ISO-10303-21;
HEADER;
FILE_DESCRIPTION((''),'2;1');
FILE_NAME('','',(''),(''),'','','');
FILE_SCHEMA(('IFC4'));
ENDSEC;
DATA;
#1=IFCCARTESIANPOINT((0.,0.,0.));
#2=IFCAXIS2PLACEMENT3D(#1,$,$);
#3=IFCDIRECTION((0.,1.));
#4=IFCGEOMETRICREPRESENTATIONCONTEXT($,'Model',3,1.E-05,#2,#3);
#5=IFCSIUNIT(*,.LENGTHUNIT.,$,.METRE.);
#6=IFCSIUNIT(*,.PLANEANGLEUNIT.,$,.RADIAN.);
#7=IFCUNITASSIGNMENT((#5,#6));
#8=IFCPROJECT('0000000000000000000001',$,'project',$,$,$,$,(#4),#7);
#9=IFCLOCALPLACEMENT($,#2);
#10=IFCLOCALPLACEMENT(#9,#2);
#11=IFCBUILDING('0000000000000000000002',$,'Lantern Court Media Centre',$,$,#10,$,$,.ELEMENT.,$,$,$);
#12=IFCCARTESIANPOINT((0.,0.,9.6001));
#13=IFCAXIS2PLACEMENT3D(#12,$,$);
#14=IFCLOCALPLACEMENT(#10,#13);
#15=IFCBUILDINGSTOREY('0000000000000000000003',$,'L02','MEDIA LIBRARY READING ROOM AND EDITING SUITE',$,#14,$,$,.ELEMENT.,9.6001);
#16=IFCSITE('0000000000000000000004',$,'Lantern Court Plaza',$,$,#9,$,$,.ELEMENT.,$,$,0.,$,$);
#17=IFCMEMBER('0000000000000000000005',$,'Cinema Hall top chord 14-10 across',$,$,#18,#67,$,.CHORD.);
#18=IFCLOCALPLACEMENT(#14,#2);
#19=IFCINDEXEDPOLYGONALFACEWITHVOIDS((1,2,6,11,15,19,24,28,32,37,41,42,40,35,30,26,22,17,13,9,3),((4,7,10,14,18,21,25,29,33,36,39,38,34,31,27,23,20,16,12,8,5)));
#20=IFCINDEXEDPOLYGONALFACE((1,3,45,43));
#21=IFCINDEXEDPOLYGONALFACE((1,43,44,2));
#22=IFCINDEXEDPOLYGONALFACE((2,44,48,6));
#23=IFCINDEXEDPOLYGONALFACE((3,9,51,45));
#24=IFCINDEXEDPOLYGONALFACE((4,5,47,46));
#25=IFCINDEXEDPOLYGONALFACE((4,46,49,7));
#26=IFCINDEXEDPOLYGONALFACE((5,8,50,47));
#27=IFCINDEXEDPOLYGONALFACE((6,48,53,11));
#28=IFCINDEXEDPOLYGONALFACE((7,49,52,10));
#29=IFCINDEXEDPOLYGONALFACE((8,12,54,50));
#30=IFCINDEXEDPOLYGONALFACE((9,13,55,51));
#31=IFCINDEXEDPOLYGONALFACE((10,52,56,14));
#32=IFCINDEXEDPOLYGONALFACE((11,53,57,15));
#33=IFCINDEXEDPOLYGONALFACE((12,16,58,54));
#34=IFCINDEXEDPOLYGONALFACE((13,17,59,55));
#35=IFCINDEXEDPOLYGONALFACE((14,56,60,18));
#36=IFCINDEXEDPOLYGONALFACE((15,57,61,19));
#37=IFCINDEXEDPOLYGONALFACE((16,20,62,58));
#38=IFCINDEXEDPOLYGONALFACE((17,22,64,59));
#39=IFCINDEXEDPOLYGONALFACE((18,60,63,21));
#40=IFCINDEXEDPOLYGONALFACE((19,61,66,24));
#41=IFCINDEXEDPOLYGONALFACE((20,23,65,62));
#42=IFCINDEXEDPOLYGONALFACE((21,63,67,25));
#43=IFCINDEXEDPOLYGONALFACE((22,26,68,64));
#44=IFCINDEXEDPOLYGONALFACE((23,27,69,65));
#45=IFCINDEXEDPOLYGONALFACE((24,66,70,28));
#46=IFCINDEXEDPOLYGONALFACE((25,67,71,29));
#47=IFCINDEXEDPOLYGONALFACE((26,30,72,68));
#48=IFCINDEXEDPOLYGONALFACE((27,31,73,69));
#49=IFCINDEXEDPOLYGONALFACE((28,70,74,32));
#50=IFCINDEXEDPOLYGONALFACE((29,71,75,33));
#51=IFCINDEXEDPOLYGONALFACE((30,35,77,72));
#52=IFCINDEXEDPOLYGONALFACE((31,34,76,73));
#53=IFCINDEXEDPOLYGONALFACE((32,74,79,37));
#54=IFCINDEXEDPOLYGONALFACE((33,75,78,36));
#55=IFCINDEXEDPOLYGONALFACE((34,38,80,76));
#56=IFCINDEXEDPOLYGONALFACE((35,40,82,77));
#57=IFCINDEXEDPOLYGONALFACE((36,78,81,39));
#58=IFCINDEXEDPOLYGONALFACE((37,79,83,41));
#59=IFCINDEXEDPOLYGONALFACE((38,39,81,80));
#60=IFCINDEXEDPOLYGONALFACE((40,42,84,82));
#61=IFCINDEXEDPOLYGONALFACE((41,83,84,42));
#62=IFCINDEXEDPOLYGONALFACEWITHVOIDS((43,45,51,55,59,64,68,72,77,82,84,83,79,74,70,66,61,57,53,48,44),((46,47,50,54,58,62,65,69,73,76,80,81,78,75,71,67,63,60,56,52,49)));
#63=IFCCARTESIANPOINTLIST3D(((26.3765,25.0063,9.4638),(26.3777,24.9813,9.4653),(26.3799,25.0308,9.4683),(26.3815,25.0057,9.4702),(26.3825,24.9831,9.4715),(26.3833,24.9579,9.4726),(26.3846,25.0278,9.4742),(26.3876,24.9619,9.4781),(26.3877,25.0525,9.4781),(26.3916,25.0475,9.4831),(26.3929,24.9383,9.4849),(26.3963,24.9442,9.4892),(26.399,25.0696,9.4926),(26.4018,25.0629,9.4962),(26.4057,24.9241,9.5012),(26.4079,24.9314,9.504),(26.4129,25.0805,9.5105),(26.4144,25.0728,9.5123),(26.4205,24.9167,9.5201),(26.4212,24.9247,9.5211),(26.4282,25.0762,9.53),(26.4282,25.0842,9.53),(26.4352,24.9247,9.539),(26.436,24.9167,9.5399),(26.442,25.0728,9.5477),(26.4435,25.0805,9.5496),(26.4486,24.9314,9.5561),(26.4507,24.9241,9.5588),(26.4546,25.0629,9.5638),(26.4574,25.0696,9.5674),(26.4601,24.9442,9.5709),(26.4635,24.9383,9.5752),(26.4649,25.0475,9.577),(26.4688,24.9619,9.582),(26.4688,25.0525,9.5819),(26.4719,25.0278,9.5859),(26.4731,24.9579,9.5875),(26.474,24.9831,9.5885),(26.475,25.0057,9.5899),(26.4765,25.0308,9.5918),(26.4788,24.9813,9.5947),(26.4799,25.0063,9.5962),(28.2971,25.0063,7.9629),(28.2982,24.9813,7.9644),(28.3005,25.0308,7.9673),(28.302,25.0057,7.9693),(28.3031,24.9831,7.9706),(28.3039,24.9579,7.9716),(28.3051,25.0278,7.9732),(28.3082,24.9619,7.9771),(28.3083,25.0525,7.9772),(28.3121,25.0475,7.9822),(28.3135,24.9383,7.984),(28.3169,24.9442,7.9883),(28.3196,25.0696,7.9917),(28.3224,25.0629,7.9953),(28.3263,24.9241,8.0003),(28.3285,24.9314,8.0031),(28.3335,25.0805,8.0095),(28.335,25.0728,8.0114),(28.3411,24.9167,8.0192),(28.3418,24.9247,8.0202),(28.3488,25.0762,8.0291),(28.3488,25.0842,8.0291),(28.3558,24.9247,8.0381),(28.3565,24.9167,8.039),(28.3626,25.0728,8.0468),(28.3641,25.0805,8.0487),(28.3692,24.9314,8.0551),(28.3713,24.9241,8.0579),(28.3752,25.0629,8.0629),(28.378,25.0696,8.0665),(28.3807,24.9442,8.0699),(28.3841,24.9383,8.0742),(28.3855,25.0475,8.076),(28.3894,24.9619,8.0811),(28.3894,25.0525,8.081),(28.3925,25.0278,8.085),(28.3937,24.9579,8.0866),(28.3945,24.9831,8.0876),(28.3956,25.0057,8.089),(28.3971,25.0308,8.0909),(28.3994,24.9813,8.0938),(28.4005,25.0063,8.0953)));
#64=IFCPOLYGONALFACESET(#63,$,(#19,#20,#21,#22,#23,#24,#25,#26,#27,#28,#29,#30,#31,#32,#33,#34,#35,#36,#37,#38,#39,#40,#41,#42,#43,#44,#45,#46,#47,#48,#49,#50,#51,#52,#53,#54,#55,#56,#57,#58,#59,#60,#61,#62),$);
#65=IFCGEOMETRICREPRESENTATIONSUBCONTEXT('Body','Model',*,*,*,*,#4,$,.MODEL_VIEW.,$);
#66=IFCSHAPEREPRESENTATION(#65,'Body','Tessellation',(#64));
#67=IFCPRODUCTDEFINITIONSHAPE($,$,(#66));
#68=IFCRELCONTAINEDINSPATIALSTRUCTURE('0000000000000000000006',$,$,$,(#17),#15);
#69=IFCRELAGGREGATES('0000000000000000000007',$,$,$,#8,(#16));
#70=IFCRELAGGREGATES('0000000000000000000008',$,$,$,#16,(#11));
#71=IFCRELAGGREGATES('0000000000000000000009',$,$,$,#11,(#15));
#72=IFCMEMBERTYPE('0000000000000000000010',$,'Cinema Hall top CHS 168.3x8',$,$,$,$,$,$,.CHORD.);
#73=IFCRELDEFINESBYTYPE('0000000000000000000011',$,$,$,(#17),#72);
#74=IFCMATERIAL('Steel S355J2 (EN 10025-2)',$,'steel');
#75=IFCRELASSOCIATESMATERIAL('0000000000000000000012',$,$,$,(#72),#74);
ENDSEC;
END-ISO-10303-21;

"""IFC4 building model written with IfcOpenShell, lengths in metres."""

from ifc_helpers import new_model, si_unit, direction, frame, origin, origin_2d, place, context, subcontext, project, spatial, hollow_circle, extrude, material, material_profile, profile_set, type_object, element, save


model = new_model("IFC4")

# Units and contexts
model_context = context("Model", 3, precision=1e-05, world=origin(), true_north=direction((0.0, 1.0)))
body_context = subcontext(model_context, "Body", "Model", "MODEL_VIEW")
ifc_project = project(units=[si_unit("LENGTHUNIT", "METRE"), si_unit("PLANEANGLEUNIT", "RADIAN")], contexts=[model_context])

# Site, building, storey
site_placement = place(None, origin())
site = spatial("IfcSite", under=ifc_project, at=site_placement, Name="Lantern Court Plaza", CompositionType="ELEMENT", RefElevation=0.0)
building_placement = place(site_placement, origin())
building = spatial("IfcBuilding", under=site, at=building_placement, Name="Lantern Court Media Centre", CompositionType="ELEMENT")
storey_placement = place(building_placement, frame((0.0, 0.0, 9.6001)))
storey = spatial("IfcBuildingStorey", under=building, at=storey_placement, Name="L02", Description="MEDIA LIBRARY READING ROOM AND EDITING SUITE", CompositionType="ELEMENT", Elevation=9.6001)

# Member
ifc_material = material(Name="Steel S355J2 (EN 10025-2)", Category="steel")
ifc_material_profile_1 = material_profile(ifc_material, hollow_circle(Radius=0.0842, WallThickness=0.0081, at=origin_2d()), Name="Cinema Hall top CHS 168.3x8")
ifc_profile_set_1 = profile_set([ifc_material_profile_1], Name="Steel S355J2 (EN 10025-2)")
member_type_1 = type_object("IfcMemberType", Name="Cinema Hall top CHS 168.3x8", PredefinedType="CHORD", material=ifc_profile_set_1)
member_1_placement = place(storey_placement, frame((26.4282, 25.0, 9.53), z_axis=(0.787932, 0.0, -0.615763), x_axis=(0.0, 1.0, 0.0)))
element("IfcMember", 1, at=member_1_placement, inside=storey, type_object=member_type_1, Name="Cinema Hall top chord 14-10 across", PredefinedType="CHORD", context=body_context, shape_type="SweptSolid", body=[
    extrude(hollow_circle(Radius=0.0842, WallThickness=0.0081, at=origin_2d()), origin(), (0.0, 0.0, 1.0), 2.4375),
])

save(model, "model.ifc")
